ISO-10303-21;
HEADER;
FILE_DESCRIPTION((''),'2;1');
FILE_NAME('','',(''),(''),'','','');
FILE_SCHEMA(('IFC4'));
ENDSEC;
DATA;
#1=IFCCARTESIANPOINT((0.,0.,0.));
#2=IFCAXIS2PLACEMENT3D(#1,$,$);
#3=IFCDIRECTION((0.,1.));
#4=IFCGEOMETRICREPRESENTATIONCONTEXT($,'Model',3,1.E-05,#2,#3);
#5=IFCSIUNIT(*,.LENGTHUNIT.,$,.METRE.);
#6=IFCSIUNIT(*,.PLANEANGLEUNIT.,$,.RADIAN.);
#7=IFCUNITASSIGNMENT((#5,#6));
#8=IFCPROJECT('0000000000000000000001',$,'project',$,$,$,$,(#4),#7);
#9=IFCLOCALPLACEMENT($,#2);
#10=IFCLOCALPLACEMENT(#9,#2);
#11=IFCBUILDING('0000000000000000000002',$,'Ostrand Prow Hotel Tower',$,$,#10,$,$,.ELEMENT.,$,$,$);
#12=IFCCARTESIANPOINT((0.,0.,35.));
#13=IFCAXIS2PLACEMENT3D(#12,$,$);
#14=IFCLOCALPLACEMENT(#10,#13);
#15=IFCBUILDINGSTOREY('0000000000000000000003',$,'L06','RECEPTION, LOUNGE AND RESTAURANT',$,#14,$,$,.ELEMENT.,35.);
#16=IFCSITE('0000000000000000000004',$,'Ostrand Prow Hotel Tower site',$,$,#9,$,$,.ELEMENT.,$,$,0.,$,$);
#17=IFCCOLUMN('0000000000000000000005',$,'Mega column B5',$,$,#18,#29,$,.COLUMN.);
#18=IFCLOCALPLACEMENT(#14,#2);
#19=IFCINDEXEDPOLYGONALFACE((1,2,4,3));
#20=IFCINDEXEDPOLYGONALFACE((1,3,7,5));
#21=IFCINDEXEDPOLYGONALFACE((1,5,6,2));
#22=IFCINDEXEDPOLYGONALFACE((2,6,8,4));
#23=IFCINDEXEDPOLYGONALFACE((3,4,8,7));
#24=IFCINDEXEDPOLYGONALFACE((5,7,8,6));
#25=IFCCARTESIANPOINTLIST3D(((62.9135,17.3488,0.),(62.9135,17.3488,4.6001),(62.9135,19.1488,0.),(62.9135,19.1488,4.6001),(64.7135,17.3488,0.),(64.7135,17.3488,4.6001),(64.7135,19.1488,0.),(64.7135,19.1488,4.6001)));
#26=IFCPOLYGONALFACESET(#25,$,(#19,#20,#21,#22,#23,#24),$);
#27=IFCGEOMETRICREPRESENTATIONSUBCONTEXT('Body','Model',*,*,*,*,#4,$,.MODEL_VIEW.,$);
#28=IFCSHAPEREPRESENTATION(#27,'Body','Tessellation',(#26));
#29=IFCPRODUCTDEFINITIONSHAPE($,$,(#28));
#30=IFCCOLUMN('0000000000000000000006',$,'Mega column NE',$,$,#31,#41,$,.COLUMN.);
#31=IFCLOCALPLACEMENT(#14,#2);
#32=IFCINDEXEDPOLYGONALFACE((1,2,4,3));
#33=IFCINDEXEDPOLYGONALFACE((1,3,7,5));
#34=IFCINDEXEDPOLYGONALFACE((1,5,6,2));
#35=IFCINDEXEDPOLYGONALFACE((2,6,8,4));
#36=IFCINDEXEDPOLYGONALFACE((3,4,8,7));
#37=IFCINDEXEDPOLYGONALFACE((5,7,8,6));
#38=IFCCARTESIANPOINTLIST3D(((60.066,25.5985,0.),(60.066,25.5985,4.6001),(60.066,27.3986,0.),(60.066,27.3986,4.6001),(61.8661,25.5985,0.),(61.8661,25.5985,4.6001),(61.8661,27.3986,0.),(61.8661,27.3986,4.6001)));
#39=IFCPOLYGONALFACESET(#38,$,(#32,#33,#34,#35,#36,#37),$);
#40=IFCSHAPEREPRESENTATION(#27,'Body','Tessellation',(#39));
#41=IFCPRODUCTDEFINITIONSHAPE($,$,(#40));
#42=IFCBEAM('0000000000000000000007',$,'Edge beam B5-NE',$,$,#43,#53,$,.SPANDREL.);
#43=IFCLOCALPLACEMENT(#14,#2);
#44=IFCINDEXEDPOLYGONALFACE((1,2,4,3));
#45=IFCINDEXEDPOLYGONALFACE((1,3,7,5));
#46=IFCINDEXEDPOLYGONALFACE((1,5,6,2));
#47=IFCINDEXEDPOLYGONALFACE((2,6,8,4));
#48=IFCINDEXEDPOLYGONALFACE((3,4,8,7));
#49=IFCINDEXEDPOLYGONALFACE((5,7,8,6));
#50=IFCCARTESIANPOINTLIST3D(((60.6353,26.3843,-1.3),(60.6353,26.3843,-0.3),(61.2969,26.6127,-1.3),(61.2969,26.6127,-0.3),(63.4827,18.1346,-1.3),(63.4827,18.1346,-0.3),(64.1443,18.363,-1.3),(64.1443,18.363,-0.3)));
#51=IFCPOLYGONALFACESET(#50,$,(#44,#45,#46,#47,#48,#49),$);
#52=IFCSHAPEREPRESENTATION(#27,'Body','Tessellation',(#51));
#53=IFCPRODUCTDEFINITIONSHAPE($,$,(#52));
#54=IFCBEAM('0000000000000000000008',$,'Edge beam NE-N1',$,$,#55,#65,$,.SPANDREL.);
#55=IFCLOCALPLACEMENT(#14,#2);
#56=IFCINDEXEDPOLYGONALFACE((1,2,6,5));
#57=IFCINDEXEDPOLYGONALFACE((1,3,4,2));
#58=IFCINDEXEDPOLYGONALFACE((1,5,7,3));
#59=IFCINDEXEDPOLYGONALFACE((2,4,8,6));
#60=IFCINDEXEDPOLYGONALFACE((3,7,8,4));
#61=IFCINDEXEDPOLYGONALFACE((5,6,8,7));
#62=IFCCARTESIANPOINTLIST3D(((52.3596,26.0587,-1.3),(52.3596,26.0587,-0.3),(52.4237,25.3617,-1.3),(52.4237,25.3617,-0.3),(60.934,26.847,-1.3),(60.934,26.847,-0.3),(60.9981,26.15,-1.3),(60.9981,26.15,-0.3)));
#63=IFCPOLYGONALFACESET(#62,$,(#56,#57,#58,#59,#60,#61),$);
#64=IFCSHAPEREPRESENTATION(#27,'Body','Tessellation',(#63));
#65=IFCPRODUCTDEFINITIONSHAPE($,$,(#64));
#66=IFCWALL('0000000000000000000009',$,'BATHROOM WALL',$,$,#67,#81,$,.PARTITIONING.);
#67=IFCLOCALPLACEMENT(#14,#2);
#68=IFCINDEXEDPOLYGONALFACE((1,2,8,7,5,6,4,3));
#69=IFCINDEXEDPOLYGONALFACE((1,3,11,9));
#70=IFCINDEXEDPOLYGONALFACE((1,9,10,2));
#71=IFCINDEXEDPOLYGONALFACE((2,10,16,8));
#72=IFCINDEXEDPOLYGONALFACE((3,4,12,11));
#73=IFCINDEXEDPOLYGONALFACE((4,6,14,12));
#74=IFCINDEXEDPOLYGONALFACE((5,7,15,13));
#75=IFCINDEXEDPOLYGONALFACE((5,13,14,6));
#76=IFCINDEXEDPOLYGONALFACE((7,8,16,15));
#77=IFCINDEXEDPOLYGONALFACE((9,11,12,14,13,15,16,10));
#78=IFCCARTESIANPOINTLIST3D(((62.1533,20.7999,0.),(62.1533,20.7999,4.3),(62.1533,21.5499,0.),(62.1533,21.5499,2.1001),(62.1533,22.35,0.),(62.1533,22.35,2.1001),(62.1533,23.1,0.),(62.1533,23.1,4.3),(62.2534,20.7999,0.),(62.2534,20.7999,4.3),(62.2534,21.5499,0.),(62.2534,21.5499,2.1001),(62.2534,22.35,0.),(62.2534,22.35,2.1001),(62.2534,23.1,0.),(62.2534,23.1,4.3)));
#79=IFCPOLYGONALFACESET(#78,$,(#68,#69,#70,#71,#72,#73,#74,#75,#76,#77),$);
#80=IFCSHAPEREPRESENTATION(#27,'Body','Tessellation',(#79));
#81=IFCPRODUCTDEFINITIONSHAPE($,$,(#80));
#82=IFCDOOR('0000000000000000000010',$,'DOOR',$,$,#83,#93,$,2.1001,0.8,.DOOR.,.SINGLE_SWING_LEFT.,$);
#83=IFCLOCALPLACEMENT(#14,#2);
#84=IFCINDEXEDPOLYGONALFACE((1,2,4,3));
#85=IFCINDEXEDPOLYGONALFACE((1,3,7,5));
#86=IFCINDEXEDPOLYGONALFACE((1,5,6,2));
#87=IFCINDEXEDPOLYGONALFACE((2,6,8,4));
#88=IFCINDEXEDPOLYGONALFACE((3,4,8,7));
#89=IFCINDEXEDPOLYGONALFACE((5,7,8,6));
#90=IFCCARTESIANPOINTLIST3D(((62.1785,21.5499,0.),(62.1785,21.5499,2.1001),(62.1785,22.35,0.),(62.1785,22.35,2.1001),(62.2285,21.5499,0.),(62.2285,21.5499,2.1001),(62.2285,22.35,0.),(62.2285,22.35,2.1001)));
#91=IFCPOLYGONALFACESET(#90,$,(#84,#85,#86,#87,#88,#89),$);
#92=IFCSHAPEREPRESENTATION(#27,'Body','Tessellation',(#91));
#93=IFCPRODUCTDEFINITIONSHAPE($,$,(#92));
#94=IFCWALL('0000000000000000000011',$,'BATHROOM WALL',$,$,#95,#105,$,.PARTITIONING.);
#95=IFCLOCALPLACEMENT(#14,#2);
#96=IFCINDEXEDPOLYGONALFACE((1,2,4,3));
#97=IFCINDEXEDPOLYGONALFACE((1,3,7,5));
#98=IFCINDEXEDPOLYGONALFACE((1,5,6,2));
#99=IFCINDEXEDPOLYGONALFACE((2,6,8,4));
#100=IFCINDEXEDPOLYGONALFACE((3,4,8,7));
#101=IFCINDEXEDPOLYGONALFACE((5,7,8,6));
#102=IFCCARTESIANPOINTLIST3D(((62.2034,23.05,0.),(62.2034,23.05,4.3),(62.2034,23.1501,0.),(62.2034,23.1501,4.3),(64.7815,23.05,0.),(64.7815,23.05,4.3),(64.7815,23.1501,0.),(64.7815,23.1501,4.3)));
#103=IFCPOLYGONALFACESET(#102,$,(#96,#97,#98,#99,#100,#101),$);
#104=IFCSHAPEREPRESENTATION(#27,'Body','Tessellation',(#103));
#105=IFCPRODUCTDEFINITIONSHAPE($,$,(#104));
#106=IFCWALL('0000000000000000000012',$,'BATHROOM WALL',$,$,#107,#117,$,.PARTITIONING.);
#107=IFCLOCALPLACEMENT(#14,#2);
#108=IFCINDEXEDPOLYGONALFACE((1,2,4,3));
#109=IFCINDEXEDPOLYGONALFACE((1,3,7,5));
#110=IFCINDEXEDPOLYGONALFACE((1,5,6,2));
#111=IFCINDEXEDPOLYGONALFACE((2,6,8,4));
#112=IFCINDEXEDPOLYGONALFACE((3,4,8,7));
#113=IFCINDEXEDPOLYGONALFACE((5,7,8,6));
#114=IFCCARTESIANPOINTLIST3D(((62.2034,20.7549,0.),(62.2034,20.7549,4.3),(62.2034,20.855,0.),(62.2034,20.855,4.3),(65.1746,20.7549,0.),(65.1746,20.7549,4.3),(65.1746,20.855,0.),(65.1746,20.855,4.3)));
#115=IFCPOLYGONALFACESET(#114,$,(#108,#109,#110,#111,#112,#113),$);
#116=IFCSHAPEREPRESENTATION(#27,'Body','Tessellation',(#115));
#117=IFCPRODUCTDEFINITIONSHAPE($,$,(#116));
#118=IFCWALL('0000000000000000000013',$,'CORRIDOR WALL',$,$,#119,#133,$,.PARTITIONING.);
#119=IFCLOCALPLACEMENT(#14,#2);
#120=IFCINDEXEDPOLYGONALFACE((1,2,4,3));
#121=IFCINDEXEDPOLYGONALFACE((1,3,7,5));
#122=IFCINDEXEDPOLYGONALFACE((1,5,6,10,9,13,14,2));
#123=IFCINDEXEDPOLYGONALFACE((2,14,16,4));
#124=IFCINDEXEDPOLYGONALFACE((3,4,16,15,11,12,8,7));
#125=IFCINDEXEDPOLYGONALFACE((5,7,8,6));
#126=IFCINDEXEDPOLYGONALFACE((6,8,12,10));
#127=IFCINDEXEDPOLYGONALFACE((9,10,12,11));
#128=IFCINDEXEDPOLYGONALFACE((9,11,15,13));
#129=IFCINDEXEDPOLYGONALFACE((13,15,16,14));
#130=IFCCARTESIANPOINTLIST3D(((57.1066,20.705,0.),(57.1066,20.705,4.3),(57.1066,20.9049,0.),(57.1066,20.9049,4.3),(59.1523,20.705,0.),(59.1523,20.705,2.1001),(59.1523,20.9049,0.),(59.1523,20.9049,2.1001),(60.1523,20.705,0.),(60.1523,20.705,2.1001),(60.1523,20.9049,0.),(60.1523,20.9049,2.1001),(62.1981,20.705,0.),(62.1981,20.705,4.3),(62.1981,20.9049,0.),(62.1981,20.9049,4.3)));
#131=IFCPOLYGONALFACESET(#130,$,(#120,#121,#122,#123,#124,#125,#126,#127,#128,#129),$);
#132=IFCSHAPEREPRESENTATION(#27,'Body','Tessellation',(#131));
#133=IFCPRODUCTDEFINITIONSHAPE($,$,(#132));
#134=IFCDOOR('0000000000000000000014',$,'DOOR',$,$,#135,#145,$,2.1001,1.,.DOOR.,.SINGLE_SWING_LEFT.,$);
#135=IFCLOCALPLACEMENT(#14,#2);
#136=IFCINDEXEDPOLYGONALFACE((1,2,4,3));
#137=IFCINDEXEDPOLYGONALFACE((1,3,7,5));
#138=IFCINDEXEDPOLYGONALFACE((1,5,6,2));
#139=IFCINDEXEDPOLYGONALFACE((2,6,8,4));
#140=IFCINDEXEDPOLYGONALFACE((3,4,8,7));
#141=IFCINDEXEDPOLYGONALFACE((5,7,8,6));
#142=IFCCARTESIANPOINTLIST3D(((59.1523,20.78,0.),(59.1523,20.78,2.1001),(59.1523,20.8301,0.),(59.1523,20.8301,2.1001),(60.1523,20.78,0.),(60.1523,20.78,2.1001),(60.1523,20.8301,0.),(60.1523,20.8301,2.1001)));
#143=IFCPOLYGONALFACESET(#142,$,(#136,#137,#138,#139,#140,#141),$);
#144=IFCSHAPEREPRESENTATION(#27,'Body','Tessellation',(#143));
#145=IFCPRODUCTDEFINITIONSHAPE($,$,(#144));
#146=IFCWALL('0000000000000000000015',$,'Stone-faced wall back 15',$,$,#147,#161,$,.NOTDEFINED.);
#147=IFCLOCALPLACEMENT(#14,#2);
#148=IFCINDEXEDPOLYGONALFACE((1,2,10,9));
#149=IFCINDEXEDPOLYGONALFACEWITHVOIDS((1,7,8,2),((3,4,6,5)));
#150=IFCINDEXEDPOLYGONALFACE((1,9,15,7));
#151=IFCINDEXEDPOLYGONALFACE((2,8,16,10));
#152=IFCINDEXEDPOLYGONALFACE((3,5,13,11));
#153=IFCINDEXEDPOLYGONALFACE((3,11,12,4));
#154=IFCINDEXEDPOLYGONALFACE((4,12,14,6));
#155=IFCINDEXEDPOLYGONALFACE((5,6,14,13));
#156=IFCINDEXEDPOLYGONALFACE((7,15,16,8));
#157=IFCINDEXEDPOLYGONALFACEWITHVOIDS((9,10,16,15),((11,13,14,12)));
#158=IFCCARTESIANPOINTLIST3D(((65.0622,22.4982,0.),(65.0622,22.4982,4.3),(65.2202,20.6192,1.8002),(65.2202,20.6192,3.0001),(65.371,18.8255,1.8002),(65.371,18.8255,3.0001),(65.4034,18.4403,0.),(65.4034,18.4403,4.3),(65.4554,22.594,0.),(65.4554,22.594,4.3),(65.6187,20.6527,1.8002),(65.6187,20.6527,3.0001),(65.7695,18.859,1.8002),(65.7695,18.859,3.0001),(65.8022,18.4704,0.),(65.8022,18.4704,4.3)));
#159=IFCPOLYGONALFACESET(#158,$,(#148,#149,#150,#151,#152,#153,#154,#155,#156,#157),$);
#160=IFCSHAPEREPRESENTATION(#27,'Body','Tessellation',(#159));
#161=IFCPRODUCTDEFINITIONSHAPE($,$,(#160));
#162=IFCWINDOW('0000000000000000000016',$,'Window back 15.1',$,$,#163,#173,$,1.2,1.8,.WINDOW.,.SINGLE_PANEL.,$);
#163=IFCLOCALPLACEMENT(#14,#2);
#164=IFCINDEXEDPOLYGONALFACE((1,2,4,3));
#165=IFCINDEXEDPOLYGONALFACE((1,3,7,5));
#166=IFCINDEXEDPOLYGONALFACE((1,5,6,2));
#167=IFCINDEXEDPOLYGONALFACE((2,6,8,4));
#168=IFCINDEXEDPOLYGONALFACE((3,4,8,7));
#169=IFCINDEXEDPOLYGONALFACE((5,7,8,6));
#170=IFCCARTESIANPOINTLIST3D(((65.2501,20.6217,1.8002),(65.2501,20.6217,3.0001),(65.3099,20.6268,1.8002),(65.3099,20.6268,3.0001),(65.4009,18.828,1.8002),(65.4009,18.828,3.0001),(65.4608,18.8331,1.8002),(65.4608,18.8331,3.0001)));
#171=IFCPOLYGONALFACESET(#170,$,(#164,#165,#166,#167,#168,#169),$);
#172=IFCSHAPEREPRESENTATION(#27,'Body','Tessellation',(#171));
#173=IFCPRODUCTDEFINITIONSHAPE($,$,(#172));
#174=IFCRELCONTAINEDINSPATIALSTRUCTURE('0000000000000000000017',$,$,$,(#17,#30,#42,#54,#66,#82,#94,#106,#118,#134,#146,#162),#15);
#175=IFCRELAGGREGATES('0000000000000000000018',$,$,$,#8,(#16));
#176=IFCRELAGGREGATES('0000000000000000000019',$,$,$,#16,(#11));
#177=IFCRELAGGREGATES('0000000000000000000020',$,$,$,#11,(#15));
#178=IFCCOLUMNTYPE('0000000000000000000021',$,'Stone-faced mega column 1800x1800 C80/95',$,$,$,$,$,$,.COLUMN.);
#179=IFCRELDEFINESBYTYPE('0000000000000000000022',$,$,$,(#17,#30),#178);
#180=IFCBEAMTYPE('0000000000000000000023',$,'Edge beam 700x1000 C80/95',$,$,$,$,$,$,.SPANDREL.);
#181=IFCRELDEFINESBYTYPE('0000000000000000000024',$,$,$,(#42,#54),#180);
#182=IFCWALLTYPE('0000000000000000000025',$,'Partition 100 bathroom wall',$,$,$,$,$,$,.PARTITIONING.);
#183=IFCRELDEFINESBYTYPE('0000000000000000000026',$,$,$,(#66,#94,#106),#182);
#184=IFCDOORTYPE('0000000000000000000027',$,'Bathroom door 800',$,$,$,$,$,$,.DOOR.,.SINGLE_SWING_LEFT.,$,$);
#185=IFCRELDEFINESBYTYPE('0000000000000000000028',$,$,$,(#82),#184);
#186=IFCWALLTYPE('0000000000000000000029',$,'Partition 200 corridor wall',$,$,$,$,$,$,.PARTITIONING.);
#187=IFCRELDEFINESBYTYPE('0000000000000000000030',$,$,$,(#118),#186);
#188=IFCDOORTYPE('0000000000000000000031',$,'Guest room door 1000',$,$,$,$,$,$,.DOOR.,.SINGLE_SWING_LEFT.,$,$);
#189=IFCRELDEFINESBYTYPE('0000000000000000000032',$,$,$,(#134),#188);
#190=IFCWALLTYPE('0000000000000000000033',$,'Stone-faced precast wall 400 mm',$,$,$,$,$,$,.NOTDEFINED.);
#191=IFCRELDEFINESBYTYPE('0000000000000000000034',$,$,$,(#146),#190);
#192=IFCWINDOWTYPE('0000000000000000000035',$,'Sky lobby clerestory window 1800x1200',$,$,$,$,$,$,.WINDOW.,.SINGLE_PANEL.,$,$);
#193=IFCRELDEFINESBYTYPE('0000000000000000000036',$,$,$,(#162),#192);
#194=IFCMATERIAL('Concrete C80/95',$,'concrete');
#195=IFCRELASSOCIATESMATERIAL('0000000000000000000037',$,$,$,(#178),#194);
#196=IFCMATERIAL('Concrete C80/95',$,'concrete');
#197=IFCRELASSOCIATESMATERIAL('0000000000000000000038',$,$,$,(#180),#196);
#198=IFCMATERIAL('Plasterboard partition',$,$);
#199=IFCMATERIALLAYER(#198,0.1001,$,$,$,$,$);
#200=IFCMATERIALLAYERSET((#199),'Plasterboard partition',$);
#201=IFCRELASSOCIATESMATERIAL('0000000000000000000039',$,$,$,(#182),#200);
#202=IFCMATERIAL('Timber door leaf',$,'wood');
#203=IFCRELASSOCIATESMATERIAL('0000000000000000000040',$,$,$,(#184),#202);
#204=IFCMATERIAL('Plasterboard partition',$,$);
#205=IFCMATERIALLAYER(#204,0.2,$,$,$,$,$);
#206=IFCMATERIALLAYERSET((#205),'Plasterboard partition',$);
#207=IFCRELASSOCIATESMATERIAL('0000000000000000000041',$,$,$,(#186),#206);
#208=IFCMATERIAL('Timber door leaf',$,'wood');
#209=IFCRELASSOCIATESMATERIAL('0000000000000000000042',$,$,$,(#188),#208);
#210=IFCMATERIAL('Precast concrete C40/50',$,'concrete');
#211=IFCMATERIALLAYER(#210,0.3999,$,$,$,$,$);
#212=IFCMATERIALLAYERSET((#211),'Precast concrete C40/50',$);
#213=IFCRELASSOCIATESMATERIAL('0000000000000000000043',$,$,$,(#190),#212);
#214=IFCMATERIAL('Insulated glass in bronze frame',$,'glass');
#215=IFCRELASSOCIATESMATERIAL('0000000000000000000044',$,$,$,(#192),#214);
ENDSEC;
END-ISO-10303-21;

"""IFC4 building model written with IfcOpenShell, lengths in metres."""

from ifc_helpers import new_model, si_unit, direction, frame, frame_2d, origin, origin_2d, place, context, subcontext, project, spatial, polyline, rectangle, outline, extrude, material, layer, layer_set, material_profile, profile_set, type_object, element, fill, save


model = new_model("IFC4")

# Units and contexts
model_context = context("Model", 3, precision=1e-05, world=origin(), true_north=direction((0.0, 1.0)))
body_context = subcontext(model_context, "Body", "Model", "MODEL_VIEW")
ifc_project = project(units=[si_unit("LENGTHUNIT", "METRE"), si_unit("PLANEANGLEUNIT", "RADIAN")], contexts=[model_context])

# Site, building, storey
site_placement = place(None, origin())
site = spatial("IfcSite", under=ifc_project, at=site_placement, Name="Ostrand Prow Hotel Tower site", CompositionType="ELEMENT", RefElevation=0.0)
building_placement = place(site_placement, origin())
building = spatial("IfcBuilding", under=site, at=building_placement, Name="Ostrand Prow Hotel Tower", CompositionType="ELEMENT")
storey_placement = place(building_placement, frame((0.0, 0.0, 35.0)))
storey = spatial("IfcBuildingStorey", under=building, at=storey_placement, Name="L06", Description="RECEPTION, LOUNGE AND RESTAURANT", CompositionType="ELEMENT", Elevation=35.0)

# Columns
ifc_material_1 = material(Name="Concrete C80/95", Category="concrete")
ifc_material_profile_1 = material_profile(ifc_material_1, rectangle(XDim=1.8, YDim=1.8, at=origin_2d()), Name="RC 1800x1800")
ifc_profile_set_1 = profile_set([ifc_material_profile_1], Name="Concrete C80/95")
column_type = type_object("IfcColumnType", Name="Stone-faced mega column 1800x1800 C80/95", PredefinedType="COLUMN", material=ifc_profile_set_1)
for number, where, z_axis, x_axis, name in (
    (1, (63.8135, 18.2488, 0.0), (0.0, 0.0, 1.0), (1.0, 0.0, 0.0), "Mega column B5"),
    (2, (60.9661, 26.4985, 0.0), (0.0, 0.0, 1.0), (1.0, 0.0, 0.0), "Mega column NE"),
):
    element("IfcColumn", number, at=place(storey_placement, frame(where, z_axis=z_axis, x_axis=x_axis)), inside=storey, type_object=column_type, Name=name, PredefinedType="COLUMN", context=body_context, shape_type="SweptSolid", body=[
        extrude(rectangle(XDim=1.8, YDim=1.8, at=origin_2d()), origin(), (0.0, 0.0, 1.0), 4.6001),
    ])

# Beams
ifc_material_2 = material(Name="Concrete C80/95", Category="concrete")
ifc_material_profile_2 = material_profile(ifc_material_2, rectangle(XDim=0.7, YDim=1.0, at=origin_2d()), Name="RC 700x1000")
ifc_profile_set_2 = profile_set([ifc_material_profile_2], Name="Concrete C80/95")
beam_type = type_object("IfcBeamType", Name="Edge beam 700x1000 C80/95", PredefinedType="SPANDREL", material=ifc_profile_set_2)
beam_1_placement = place(storey_placement, frame((63.8135, 18.2488, -0.8), z_axis=(-0.326264, 0.945279, 0.0), x_axis=(-0.945279, -0.326264, 0.0)))
element("IfcBeam", 3, at=beam_1_placement, inside=storey, type_object=beam_type, Name="Edge beam B5-NE", PredefinedType="SPANDREL", context=body_context, shape_type="SweptSolid", body=[
    extrude(rectangle(XDim=0.7, YDim=1.0, at=origin_2d()), origin(), (0.0, 0.0, 1.0), 8.7273),
])
beam_2_placement = place(storey_placement, frame((60.9661, 26.4985, -0.8), z_axis=(-0.9958, -0.091553, 0.0), x_axis=(0.091553, -0.9958, 0.0)))
element("IfcBeam", 4, at=beam_2_placement, inside=storey, type_object=beam_type, Name="Edge beam NE-N1", PredefinedType="SPANDREL", context=body_context, shape_type="SweptSolid", body=[
    extrude(rectangle(XDim=0.7, YDim=1.0, at=origin_2d()), origin(), (0.0, 0.0, 1.0), 8.6106),
])

# Wall, opening, door
ifc_material_3 = material(Name="Plasterboard partition")
ifc_layer_1 = layer(ifc_material_3, 0.1001)
ifc_layer_set_1 = layer_set([ifc_layer_1], Name="Plasterboard partition")
wall_type_1 = type_object("IfcWallType", Name="Partition 100 bathroom wall", PredefinedType="PARTITIONING", material=ifc_layer_set_1)
wall_1_placement = place(storey_placement, frame((62.2034, 20.8, 0.0), z_axis=(0.0, 0.0, 1.0), x_axis=(0.0, 1.0, 0.0)))
wall_1 = element("IfcWall", 5, at=wall_1_placement, inside=storey, type_object=wall_type_1, Name="BATHROOM WALL", PredefinedType="PARTITIONING", context=body_context, shape_type="SweptSolid", body=[
    extrude(rectangle(XDim=2.3, YDim=0.1001, at=frame_2d((1.1499, 0.0))), origin(), (0.0, 0.0, 1.0), 4.3),
])
opening_1_placement = place(wall_1_placement, frame((0.75, 0.0, 0.0)))
opening_1 = element("IfcOpeningElement", 6, at=opening_1_placement, cuts=wall_1, PredefinedType="OPENING", context=body_context, shape_type="SweptSolid", body=[
    extrude(rectangle(XDim=0.8, YDim=2.1001, at=frame_2d((0.3999, 1.05))), frame((0.0, 0.0601, 0.0), z_axis=(0.0, -1.0, 0.0), x_axis=(1.0, 0.0, 0.0)), (0.0, 0.0, 1.0), 0.1201),
])
ifc_material_4 = material(Name="Timber door leaf", Category="wood")
door_type_1 = type_object("IfcDoorType", Name="Bathroom door 800", OperationType="SINGLE_SWING_LEFT", PredefinedType="DOOR", material=ifc_material_4)
door_1_placement = place(opening_1_placement, origin())
door_1 = element("IfcDoor", 7, at=door_1_placement, inside=storey, type_object=door_type_1, Name="DOOR", OperationType="SINGLE_SWING_LEFT", OverallHeight=2.1001, OverallWidth=0.8, PredefinedType="DOOR", context=body_context, shape_type="SweptSolid", body=[
    extrude(rectangle(XDim=0.8, YDim=2.1001, at=frame_2d((0.3999, 1.05))), frame((0.0, 0.0249, 0.0), z_axis=(0.0, -1.0, 0.0), x_axis=(1.0, 0.0, 0.0)), (0.0, 0.0, 1.0), 0.05),
])
fill(opening_1, door_1)

# Walls
wall_2_placement = place(storey_placement, frame((62.2034, 23.1001, 0.0), z_axis=(0.0, 0.0, 1.0), x_axis=(1.0, 0.0, 0.0)))
element("IfcWall", 8, at=wall_2_placement, inside=storey, type_object=wall_type_1, Name="BATHROOM WALL", PredefinedType="PARTITIONING", context=body_context, shape_type="SweptSolid", body=[
    extrude(rectangle(XDim=2.5781, YDim=0.1001, at=frame_2d((1.2891, 0.0))), origin(), (0.0, 0.0, 1.0), 4.3),
])
wall_3_placement = place(storey_placement, frame((65.1746, 20.8049, 0.0), z_axis=(0.0, 0.0, 1.0), x_axis=(-1.0, 0.0, 0.0)))
element("IfcWall", 9, at=wall_3_placement, inside=storey, type_object=wall_type_1, Name="BATHROOM WALL", PredefinedType="PARTITIONING", context=body_context, shape_type="SweptSolid", body=[
    extrude(rectangle(XDim=2.9712, YDim=0.1001, at=frame_2d((1.4856, 0.0))), origin(), (0.0, 0.0, 1.0), 4.3),
])

# Wall, opening, door
ifc_material_5 = material(Name="Plasterboard partition")
ifc_layer_2 = layer(ifc_material_5, 0.2)
ifc_layer_set_2 = layer_set([ifc_layer_2], Name="Plasterboard partition")
wall_type_2 = type_object("IfcWallType", Name="Partition 200 corridor wall", PredefinedType="PARTITIONING", material=ifc_layer_set_2)
wall_4_placement = place(storey_placement, frame((62.1982, 20.8049, 0.0), z_axis=(0.0, 0.0, 1.0), x_axis=(-1.0, 0.0, 0.0)))
wall_4 = element("IfcWall", 10, at=wall_4_placement, inside=storey, type_object=wall_type_2, Name="CORRIDOR WALL", PredefinedType="PARTITIONING", context=body_context, shape_type="SweptSolid", body=[
    extrude(rectangle(XDim=5.0916, YDim=0.2, at=frame_2d((2.5459, 0.0))), origin(), (0.0, 0.0, 1.0), 4.3),
])
opening_2_placement = place(wall_4_placement, frame((2.0459, 0.0, 0.0)))
opening_2 = element("IfcOpeningElement", 11, at=opening_2_placement, cuts=wall_4, PredefinedType="OPENING", context=body_context, shape_type="SweptSolid", body=[
    extrude(rectangle(XDim=1.0, YDim=2.1001, at=frame_2d((0.5, 1.05))), frame((0.0, 0.1099, 0.0), z_axis=(0.0, -1.0, 0.0), x_axis=(1.0, 0.0, 0.0)), (0.0, 0.0, 1.0), 0.22),
])
ifc_material_6 = material(Name="Timber door leaf", Category="wood")
door_type_2 = type_object("IfcDoorType", Name="Guest room door 1000", OperationType="SINGLE_SWING_LEFT", PredefinedType="DOOR", material=ifc_material_6)
door_2_placement = place(opening_2_placement, origin())
door_2 = element("IfcDoor", 12, at=door_2_placement, inside=storey, type_object=door_type_2, Name="DOOR", OperationType="SINGLE_SWING_LEFT", OverallHeight=2.1001, OverallWidth=1.0, PredefinedType="DOOR", context=body_context, shape_type="SweptSolid", body=[
    extrude(rectangle(XDim=1.0, YDim=2.1001, at=frame_2d((0.5, 1.05))), frame((0.0, 0.0249, 0.0), z_axis=(0.0, -1.0, 0.0), x_axis=(1.0, 0.0, 0.0)), (0.0, 0.0, 1.0), 0.05),
])
fill(opening_2, door_2)

# Wall, opening, window
ifc_material_7 = material(Name="Precast concrete C40/50", Category="concrete")
ifc_layer_3 = layer(ifc_material_7, 0.3999)
ifc_layer_set_3 = layer_set([ifc_layer_3], Name="Precast concrete C40/50")
wall_type_3 = type_object("IfcWallType", Name="Stone-faced precast wall 400 mm", PredefinedType="NOTDEFINED", material=ifc_layer_set_3)
wall_5_placement = place(storey_placement, frame((65.6028, 18.4553, 0.0), z_axis=(0.0, 0.0, 1.0), x_axis=(-0.083794, 0.996483, 0.0)))
wall_5 = element("IfcWall", 13, at=wall_5_placement, inside=storey, type_object=wall_type_3, Name="Stone-faced wall back 15", PredefinedType="NOTDEFINED", context=body_context, shape_type="SweptSolid", body=[
    extrude(outline(polyline([(-0.0017, -0.2), (4.1365, -0.2), (4.074, 0.2), (0.0017, 0.2), (-0.0017, -0.2)])), origin(), (0.0, 0.0, 1.0), 4.3),
])
opening_3_placement = place(wall_5_placement, frame((0.3884, 0.0, 1.8)))
opening_3 = element("IfcOpeningElement", 14, at=opening_3_placement, cuts=wall_5, PredefinedType="OPENING", context=body_context, shape_type="SweptSolid", body=[
    extrude(rectangle(XDim=1.8, YDim=1.2, at=frame_2d((0.8999, 0.6001))), frame((0.0, 0.21, 0.0), z_axis=(0.0, -1.0, 0.0), x_axis=(1.0, 0.0, 0.0)), (0.0, 0.0, 1.0), 0.4199),
])
ifc_material_8 = material(Name="Insulated glass in bronze frame", Category="glass")
window_type_1 = type_object("IfcWindowType", Name="Sky lobby clerestory window 1800x1200", PartitioningType="SINGLE_PANEL", PredefinedType="WINDOW", material=ifc_material_8)
window_1_placement = place(opening_3_placement, origin())
window_1 = element("IfcWindow", 15, at=window_1_placement, inside=storey, type_object=window_type_1, Name="Window back 15.1", OverallHeight=1.2, OverallWidth=1.8, PartitioningType="SINGLE_PANEL", PredefinedType="WINDOW", context=body_context, shape_type="SweptSolid", body=[
    extrude(rectangle(XDim=1.8, YDim=1.2, at=frame_2d((0.8999, 0.6001))), frame((0.0, 0.1699, 0.0), z_axis=(0.0, -1.0, 0.0), x_axis=(1.0, 0.0, 0.0)), (0.0, 0.0, 1.0), 0.0601),
])
fill(opening_3, window_1)

save(model, "model.ifc")
